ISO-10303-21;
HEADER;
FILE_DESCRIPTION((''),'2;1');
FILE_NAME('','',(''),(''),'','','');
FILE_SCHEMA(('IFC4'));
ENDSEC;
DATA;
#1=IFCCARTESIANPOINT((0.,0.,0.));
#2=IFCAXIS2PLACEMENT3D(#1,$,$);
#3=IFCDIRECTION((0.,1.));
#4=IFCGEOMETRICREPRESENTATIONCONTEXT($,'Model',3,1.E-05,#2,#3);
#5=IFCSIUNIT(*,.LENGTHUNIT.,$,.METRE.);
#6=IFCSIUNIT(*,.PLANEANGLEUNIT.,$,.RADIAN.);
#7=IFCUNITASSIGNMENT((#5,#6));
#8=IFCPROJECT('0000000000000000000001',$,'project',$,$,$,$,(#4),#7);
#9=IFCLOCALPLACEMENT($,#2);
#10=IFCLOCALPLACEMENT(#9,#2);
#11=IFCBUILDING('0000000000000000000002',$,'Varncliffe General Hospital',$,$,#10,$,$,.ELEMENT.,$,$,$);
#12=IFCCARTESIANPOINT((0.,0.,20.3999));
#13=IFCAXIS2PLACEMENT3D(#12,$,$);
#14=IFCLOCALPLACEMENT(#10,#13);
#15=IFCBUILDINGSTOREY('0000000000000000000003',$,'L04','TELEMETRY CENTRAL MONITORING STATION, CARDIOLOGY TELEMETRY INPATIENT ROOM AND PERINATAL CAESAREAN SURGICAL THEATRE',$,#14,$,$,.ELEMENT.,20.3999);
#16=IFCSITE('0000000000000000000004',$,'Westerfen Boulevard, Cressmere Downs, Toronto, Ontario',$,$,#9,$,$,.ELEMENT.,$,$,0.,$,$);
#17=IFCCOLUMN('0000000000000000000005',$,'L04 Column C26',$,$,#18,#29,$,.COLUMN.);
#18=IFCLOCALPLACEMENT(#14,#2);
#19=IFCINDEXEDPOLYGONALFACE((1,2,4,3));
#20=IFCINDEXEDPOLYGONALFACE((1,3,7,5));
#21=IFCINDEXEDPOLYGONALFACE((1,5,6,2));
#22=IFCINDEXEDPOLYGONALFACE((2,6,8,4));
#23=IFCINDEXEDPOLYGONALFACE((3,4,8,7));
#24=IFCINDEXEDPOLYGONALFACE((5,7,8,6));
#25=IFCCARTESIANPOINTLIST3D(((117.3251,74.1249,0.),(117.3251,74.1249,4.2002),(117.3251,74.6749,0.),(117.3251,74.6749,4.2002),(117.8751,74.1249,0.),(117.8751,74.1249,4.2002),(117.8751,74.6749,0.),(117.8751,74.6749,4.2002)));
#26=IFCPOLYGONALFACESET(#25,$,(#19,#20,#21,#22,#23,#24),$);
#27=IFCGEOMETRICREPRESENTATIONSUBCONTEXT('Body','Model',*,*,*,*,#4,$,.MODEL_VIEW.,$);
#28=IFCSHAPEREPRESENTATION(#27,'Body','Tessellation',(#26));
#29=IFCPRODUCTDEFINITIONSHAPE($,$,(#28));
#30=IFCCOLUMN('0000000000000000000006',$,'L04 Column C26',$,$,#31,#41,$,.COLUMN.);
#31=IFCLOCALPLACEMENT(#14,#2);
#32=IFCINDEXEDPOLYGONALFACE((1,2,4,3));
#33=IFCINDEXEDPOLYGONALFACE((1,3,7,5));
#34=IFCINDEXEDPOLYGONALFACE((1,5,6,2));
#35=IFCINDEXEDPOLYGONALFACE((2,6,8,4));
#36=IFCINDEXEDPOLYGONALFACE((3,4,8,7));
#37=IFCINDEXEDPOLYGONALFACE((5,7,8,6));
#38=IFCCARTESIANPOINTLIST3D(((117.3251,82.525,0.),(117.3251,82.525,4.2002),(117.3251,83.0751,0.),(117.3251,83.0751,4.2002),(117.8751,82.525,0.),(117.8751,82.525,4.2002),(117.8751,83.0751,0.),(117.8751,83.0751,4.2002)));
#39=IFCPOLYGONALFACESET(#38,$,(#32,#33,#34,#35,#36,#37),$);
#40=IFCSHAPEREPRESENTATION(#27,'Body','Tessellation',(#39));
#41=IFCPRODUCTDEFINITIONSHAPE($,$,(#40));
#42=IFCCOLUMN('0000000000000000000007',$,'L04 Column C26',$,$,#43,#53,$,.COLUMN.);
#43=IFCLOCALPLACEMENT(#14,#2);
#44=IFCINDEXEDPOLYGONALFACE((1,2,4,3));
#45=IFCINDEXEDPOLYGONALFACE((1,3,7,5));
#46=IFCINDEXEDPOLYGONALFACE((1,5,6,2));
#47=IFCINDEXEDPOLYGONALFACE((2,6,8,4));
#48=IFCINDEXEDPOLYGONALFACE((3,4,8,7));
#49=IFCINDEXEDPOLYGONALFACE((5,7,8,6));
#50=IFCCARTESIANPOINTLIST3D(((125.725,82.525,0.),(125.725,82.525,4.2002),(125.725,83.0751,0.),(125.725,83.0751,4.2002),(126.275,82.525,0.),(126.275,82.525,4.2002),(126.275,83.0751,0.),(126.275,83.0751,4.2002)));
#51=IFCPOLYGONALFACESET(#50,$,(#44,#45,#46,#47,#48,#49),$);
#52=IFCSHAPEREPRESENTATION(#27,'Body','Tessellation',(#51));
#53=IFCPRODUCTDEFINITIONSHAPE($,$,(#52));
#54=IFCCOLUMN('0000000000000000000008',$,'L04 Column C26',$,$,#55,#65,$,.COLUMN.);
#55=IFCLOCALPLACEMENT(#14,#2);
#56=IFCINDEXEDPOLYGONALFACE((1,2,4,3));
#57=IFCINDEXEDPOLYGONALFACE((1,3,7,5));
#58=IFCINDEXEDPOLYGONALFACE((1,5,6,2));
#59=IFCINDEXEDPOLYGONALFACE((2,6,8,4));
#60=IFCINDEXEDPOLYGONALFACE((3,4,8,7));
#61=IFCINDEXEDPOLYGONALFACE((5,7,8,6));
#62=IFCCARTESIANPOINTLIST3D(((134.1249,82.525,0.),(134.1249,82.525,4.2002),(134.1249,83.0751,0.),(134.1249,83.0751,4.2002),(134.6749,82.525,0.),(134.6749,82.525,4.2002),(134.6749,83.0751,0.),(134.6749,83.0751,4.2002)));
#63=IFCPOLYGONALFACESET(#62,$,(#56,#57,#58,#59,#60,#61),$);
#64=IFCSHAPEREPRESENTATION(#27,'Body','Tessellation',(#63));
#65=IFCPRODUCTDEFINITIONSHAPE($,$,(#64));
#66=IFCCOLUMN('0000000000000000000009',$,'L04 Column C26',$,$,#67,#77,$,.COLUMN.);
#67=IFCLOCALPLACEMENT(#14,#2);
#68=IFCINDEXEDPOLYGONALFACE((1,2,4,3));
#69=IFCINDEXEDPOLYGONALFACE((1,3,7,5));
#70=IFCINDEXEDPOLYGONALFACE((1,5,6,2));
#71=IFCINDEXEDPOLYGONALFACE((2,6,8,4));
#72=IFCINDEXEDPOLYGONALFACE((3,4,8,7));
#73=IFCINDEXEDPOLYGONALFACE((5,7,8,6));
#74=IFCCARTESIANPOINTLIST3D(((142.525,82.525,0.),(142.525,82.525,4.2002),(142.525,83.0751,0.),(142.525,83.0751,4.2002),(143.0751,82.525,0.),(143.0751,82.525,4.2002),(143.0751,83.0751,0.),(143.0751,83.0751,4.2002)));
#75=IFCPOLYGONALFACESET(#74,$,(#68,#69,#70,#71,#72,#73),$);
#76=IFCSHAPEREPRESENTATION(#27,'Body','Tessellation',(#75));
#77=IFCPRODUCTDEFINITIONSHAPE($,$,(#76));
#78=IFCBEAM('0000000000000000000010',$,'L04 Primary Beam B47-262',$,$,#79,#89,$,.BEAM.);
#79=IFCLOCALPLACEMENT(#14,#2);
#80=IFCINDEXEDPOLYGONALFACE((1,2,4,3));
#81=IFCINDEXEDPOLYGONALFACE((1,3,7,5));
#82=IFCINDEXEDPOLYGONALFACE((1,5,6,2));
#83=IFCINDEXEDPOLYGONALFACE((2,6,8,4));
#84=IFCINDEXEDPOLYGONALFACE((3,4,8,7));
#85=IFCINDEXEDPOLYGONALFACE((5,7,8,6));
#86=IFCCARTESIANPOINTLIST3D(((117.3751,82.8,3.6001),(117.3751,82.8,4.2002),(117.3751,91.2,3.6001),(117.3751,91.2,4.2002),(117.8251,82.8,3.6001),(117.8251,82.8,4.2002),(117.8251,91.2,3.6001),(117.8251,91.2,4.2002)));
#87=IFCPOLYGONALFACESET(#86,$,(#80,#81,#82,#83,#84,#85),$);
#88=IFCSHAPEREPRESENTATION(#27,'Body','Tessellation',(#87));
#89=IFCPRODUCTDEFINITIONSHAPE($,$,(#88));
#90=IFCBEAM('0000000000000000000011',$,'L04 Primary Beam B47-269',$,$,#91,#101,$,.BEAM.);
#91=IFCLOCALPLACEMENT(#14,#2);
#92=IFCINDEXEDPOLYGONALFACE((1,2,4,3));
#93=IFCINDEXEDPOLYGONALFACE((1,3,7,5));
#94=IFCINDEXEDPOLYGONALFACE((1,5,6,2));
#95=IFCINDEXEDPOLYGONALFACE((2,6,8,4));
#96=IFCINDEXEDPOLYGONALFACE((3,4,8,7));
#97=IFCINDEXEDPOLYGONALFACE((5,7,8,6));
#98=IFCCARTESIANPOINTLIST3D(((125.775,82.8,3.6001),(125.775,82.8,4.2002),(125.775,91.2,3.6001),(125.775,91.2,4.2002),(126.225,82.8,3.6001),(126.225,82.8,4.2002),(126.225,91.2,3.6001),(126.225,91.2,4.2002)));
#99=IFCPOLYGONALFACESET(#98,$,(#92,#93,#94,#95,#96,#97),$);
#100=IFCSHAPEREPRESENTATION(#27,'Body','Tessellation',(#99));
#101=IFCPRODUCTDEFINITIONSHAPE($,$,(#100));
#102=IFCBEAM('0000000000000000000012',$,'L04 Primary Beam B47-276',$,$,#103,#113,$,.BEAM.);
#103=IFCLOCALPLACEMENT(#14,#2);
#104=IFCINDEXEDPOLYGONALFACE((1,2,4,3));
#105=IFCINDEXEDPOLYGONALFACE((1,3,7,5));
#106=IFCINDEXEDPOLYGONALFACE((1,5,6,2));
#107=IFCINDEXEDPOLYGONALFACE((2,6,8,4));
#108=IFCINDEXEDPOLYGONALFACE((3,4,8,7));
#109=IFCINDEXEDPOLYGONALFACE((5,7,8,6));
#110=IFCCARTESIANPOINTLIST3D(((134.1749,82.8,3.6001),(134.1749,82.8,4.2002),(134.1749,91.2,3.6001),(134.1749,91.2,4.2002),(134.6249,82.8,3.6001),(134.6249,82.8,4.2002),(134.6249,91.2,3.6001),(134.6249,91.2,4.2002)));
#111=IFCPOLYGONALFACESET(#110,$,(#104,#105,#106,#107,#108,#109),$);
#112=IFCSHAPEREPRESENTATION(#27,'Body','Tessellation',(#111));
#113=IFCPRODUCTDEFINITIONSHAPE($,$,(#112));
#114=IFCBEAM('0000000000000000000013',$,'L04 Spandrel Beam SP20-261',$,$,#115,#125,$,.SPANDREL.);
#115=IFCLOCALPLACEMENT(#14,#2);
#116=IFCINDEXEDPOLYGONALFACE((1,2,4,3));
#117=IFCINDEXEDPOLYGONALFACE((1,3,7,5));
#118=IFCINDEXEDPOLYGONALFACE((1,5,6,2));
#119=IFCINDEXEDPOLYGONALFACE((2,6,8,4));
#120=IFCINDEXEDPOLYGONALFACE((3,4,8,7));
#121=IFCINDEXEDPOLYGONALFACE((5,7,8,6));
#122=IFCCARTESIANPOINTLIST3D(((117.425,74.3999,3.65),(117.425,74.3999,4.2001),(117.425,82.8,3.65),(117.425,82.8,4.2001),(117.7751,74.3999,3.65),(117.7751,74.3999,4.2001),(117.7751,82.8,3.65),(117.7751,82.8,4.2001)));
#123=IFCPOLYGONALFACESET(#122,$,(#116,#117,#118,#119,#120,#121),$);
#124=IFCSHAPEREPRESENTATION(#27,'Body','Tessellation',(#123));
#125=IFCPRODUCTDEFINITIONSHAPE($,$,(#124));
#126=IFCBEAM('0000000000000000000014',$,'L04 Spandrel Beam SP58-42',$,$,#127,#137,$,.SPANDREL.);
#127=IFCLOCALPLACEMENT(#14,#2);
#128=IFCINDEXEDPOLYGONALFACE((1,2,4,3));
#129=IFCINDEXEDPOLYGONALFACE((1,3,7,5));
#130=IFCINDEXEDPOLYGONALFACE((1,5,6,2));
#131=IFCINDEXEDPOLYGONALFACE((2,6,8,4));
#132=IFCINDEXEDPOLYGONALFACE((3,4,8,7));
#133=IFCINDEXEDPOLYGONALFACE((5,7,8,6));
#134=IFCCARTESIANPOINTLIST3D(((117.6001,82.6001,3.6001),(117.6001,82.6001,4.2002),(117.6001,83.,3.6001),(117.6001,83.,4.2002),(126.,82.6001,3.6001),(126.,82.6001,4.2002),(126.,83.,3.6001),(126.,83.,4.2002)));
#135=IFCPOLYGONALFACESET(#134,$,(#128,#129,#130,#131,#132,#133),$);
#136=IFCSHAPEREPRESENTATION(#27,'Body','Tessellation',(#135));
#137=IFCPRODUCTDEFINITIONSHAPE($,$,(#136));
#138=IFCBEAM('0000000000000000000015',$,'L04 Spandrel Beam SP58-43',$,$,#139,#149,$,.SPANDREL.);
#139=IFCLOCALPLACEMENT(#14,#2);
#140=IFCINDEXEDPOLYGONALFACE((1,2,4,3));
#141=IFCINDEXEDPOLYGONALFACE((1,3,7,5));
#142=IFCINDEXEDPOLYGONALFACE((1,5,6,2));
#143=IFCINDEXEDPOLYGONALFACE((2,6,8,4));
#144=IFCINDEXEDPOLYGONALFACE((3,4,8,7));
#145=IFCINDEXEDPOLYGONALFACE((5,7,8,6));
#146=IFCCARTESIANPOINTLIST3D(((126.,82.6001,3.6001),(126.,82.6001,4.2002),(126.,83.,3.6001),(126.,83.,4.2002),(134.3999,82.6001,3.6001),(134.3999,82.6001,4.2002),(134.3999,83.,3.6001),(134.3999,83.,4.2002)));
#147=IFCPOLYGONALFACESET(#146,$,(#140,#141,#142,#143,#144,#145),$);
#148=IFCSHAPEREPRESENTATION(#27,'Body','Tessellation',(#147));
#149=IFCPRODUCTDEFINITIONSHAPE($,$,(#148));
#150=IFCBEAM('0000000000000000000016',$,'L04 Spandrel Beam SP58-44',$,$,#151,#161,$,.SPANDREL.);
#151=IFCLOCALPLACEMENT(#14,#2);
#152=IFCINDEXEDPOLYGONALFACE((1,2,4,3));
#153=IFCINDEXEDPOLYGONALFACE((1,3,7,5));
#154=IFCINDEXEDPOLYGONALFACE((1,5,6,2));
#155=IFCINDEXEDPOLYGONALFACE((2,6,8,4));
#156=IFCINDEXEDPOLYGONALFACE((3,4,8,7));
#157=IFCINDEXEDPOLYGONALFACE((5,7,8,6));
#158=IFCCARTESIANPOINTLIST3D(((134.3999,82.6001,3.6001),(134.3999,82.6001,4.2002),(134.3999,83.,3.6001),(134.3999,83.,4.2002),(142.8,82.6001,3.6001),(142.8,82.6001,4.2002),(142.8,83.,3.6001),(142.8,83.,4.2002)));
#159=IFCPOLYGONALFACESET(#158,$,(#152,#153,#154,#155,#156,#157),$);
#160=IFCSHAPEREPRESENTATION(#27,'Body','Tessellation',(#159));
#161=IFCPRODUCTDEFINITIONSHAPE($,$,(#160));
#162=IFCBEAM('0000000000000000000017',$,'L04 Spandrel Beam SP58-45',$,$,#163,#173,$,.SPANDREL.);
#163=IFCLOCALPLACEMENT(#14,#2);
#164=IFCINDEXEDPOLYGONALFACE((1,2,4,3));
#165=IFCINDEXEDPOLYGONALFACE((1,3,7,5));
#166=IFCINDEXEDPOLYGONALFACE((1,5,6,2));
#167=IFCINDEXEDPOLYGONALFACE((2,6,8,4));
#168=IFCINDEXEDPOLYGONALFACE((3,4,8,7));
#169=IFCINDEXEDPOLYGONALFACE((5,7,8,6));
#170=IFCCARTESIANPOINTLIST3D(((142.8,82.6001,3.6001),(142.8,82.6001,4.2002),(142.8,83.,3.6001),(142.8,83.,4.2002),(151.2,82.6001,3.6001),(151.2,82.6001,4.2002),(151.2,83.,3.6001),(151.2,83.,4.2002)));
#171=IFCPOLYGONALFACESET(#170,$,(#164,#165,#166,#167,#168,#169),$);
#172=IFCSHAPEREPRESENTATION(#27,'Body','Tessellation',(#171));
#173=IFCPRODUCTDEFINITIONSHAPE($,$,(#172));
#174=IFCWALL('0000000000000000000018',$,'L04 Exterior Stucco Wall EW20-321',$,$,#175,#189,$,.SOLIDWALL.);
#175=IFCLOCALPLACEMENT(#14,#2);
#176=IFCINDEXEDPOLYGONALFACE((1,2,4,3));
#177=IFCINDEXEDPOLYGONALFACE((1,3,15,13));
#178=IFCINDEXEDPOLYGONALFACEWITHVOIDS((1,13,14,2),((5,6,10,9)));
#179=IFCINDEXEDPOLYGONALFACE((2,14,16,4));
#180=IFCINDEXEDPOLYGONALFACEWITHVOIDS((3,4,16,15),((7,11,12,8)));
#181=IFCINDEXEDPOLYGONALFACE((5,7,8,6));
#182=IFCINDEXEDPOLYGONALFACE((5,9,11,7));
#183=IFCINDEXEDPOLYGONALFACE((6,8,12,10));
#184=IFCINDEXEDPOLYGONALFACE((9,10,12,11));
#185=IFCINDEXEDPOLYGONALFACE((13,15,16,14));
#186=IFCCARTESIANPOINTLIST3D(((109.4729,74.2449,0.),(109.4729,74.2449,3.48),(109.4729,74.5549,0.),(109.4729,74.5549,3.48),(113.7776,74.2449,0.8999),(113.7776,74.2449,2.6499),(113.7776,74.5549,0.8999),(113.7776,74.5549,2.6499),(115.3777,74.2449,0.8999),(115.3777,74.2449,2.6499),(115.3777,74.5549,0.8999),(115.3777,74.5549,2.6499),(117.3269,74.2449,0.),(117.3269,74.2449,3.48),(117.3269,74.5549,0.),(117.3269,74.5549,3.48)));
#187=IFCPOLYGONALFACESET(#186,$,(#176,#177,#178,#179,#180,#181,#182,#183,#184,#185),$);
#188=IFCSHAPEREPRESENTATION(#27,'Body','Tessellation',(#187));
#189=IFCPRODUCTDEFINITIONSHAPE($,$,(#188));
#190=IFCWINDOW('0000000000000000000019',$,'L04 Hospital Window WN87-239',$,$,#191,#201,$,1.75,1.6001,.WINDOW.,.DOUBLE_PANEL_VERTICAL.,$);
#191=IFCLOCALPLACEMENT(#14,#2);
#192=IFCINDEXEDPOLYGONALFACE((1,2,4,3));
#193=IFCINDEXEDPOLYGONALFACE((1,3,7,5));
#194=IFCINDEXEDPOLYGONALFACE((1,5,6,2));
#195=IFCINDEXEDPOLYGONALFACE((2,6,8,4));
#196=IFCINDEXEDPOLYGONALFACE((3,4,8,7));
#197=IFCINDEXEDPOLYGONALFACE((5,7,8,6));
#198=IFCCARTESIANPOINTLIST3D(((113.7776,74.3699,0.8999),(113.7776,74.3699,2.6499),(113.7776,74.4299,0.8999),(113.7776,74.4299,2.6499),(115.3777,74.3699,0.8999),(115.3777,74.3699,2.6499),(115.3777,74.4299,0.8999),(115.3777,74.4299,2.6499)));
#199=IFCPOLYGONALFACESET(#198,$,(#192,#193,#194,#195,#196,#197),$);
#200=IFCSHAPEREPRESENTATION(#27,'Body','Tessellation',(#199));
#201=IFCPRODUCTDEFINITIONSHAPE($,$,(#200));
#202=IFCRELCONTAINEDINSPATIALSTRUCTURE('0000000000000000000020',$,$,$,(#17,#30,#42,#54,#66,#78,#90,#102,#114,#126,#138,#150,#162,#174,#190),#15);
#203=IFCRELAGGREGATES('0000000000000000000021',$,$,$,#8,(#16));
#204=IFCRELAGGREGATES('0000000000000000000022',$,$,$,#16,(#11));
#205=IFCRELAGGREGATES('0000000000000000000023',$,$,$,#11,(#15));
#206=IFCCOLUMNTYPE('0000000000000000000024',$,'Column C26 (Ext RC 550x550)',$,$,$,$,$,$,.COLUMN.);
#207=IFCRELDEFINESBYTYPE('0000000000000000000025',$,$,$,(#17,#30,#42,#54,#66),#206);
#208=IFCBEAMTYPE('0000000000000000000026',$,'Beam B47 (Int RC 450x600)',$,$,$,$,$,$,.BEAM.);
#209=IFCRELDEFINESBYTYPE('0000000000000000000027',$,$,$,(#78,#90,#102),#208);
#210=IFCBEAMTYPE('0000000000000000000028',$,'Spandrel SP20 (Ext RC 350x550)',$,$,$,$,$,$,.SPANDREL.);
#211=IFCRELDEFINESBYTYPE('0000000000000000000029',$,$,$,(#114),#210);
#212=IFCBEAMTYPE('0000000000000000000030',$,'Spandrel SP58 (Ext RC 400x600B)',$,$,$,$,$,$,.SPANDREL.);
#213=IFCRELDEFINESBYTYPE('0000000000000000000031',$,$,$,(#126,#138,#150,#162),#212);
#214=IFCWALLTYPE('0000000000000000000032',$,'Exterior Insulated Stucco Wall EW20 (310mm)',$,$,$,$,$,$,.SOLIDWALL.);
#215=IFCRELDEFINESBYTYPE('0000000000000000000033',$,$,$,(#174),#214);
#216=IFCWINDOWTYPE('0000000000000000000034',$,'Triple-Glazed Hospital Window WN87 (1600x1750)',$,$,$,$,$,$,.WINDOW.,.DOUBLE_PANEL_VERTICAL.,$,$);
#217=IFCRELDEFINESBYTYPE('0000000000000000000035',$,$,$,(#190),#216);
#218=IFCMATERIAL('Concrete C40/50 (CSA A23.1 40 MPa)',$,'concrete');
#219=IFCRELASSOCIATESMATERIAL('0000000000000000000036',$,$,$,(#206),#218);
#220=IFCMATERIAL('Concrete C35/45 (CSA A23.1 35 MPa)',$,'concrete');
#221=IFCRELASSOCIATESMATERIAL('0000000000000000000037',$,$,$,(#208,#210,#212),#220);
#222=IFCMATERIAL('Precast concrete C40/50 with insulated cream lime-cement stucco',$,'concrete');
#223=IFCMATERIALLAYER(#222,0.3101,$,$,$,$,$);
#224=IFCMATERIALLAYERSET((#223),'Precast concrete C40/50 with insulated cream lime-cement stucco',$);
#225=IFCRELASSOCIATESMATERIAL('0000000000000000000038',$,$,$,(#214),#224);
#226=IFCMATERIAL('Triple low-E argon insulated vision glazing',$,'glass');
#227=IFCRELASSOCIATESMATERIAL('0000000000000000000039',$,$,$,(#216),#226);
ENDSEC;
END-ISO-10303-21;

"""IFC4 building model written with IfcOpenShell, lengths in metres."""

from ifc_helpers import new_model, si_unit, direction, frame, frame_2d, origin, origin_2d, place, context, subcontext, project, spatial, rectangle, extrude, material, layer, layer_set, material_profile, profile_set, type_object, element, fill, save


model = new_model("IFC4")

# Units and contexts
model_context = context("Model", 3, precision=1e-05, world=origin(), true_north=direction((0.0, 1.0)))
body_context = subcontext(model_context, "Body", "Model", "MODEL_VIEW")
ifc_project = project(units=[si_unit("LENGTHUNIT", "METRE"), si_unit("PLANEANGLEUNIT", "RADIAN")], contexts=[model_context])

# Site, building, storey
site_placement = place(None, origin())
site = spatial("IfcSite", under=ifc_project, at=site_placement, Name="Westerfen Boulevard, Cressmere Downs, Toronto, Ontario", CompositionType="ELEMENT", RefElevation=0.0)
building_placement = place(site_placement, origin())
building = spatial("IfcBuilding", under=site, at=building_placement, Name="Varncliffe General Hospital", CompositionType="ELEMENT")
storey_placement = place(building_placement, frame((0.0, 0.0, 20.3999)))
storey = spatial("IfcBuildingStorey", under=building, at=storey_placement, Name="L04", Description="TELEMETRY CENTRAL MONITORING STATION, CARDIOLOGY TELEMETRY INPATIENT ROOM AND PERINATAL CAESAREAN SURGICAL THEATRE", CompositionType="ELEMENT", Elevation=20.3999)

# Columns
ifc_material_1 = material(Name="Concrete C40/50 (CSA A23.1 40 MPa)", Category="concrete")
ifc_material_profile_1 = material_profile(ifc_material_1, rectangle(XDim=0.55, YDim=0.55, at=origin_2d()), Name="RC 550x550")
ifc_profile_set_1 = profile_set([ifc_material_profile_1], Name="Concrete C40/50 (CSA A23.1 40 MPa)")
column_type = type_object("IfcColumnType", Name="Column C26 (Ext RC 550x550)", PredefinedType="COLUMN", material=ifc_profile_set_1)
for number, where, z_axis, x_axis, name in (
    (1, (117.6001, 74.3999, 0.0), (0.0, 0.0, 1.0), (1.0, 0.0, 0.0), "L04 Column C26"),
    (2, (117.6001, 82.8, 0.0), (0.0, 0.0, 1.0), (1.0, 0.0, 0.0), "L04 Column C26"),
    (3, (126.0, 82.8, 0.0), (0.0, 0.0, 1.0), (1.0, 0.0, 0.0), "L04 Column C26"),
    (4, (134.3999, 82.8, 0.0), (0.0, 0.0, 1.0), (1.0, 0.0, 0.0), "L04 Column C26"),
    (5, (142.8, 82.8, 0.0), (0.0, 0.0, 1.0), (1.0, 0.0, 0.0), "L04 Column C26"),
):
    element("IfcColumn", number, at=place(storey_placement, frame(where, z_axis=z_axis, x_axis=x_axis)), inside=storey, type_object=column_type, Name=name, PredefinedType="COLUMN", context=body_context, shape_type="SweptSolid", body=[
        extrude(rectangle(XDim=0.55, YDim=0.55, at=origin_2d()), origin(), (0.0, 0.0, 1.0), 4.2002),
    ])

# Beams
ifc_material_2 = material(Name="Concrete C35/45 (CSA A23.1 35 MPa)", Category="concrete")
ifc_material_profile_2 = material_profile(ifc_material_2, rectangle(XDim=0.45, YDim=0.6001, at=origin_2d()), Name="RC 450x600")
ifc_profile_set_2 = profile_set([ifc_material_profile_2], Name="Concrete C35/45 (CSA A23.1 35 MPa)")
beam_type_1 = type_object("IfcBeamType", Name="Beam B47 (Int RC 450x600)", PredefinedType="BEAM", material=ifc_profile_set_2)
for number, where, z_axis, x_axis, name in (
    (6, (117.6001, 82.8, 3.9001), (0.0, 1.0, 0.0), (-1.0, 0.0, 0.0), "L04 Primary Beam B47-262"),
    (7, (126.0, 82.8, 3.9001), (0.0, 1.0, 0.0), (-1.0, 0.0, 0.0), "L04 Primary Beam B47-269"),
    (8, (134.3999, 82.8, 3.9001), (0.0, 1.0, 0.0), (-1.0, 0.0, 0.0), "L04 Primary Beam B47-276"),
):
    element("IfcBeam", number, at=place(storey_placement, frame(where, z_axis=z_axis, x_axis=x_axis)), inside=storey, type_object=beam_type_1, Name=name, PredefinedType="BEAM", context=body_context, shape_type="SweptSolid", body=[
        extrude(rectangle(XDim=0.45, YDim=0.6001, at=origin_2d()), origin(), (0.0, 0.0, 1.0), 8.3999),
    ])
ifc_material_profile_3 = material_profile(ifc_material_2, rectangle(XDim=0.3501, YDim=0.55, at=origin_2d()), Name="RC 350x550")
ifc_profile_set_3 = profile_set([ifc_material_profile_3], Name="Concrete C35/45 (CSA A23.1 35 MPa)")
beam_type_2 = type_object("IfcBeamType", Name="Spandrel SP20 (Ext RC 350x550)", PredefinedType="SPANDREL", material=ifc_profile_set_3)
beam_1_placement = place(storey_placement, frame((117.6001, 74.3999, 3.925), z_axis=(0.0, 1.0, 0.0), x_axis=(-1.0, 0.0, 0.0)))
element("IfcBeam", 9, at=beam_1_placement, inside=storey, type_object=beam_type_2, Name="L04 Spandrel Beam SP20-261", PredefinedType="SPANDREL", context=body_context, shape_type="SweptSolid", body=[
    extrude(rectangle(XDim=0.3501, YDim=0.55, at=origin_2d()), origin(), (0.0, 0.0, 1.0), 8.4001),
])
ifc_material_profile_4 = material_profile(ifc_material_2, rectangle(XDim=0.3999, YDim=0.6001, at=origin_2d()), Name="RC 400x600")
ifc_profile_set_4 = profile_set([ifc_material_profile_4], Name="Concrete C35/45 (CSA A23.1 35 MPa)")
beam_type_3 = type_object("IfcBeamType", Name="Spandrel SP58 (Ext RC 400x600B)", PredefinedType="SPANDREL", material=ifc_profile_set_4)
for number, where, z_axis, x_axis, name in (
    (10, (117.6001, 82.8, 3.9001), (1.0, 0.0, 0.0), (0.0, 1.0, 0.0), "L04 Spandrel Beam SP58-42"),
    (11, (126.0, 82.8, 3.9001), (1.0, 0.0, 0.0), (0.0, 1.0, 0.0), "L04 Spandrel Beam SP58-43"),
):
    element("IfcBeam", number, at=place(storey_placement, frame(where, z_axis=z_axis, x_axis=x_axis)), inside=storey, type_object=beam_type_3, Name=name, PredefinedType="SPANDREL", context=body_context, shape_type="SweptSolid", body=[
        extrude(rectangle(XDim=0.3999, YDim=0.6001, at=origin_2d()), origin(), (0.0, 0.0, 1.0), 8.3999),
    ])
beam_2_placement = place(storey_placement, frame((134.3999, 82.8, 3.9001), z_axis=(1.0, 0.0, 0.0), x_axis=(0.0, 1.0, 0.0)))
element("IfcBeam", 12, at=beam_2_placement, inside=storey, type_object=beam_type_3, Name="L04 Spandrel Beam SP58-44", PredefinedType="SPANDREL", context=body_context, shape_type="SweptSolid", body=[
    extrude(rectangle(XDim=0.3999, YDim=0.6001, at=origin_2d()), origin(), (0.0, 0.0, 1.0), 8.4001),
])
beam_3_placement = place(storey_placement, frame((142.8, 82.8, 3.9001), z_axis=(1.0, 0.0, 0.0), x_axis=(0.0, 1.0, 0.0)))
element("IfcBeam", 13, at=beam_3_placement, inside=storey, type_object=beam_type_3, Name="L04 Spandrel Beam SP58-45", PredefinedType="SPANDREL", context=body_context, shape_type="SweptSolid", body=[
    extrude(rectangle(XDim=0.3999, YDim=0.6001, at=origin_2d()), origin(), (0.0, 0.0, 1.0), 8.3999),
])

# Wall, opening, window
ifc_material_3 = material(Name="Precast concrete C40/50 with insulated cream lime-cement stucco", Category="concrete")
ifc_layer_1 = layer(ifc_material_3, 0.3101)
ifc_layer_set_1 = layer_set([ifc_layer_1], Name="Precast concrete C40/50 with insulated cream lime-cement stucco")
wall_type_1 = type_object("IfcWallType", Name="Exterior Insulated Stucco Wall EW20 (310mm)", PredefinedType="SOLIDWALL", material=ifc_layer_set_1)
wall_1_placement = place(storey_placement, frame((117.3269, 74.3999, 0.0), z_axis=(0.0, 0.0, 1.0), x_axis=(-1.0, 0.0, 0.0)))
wall_1 = element("IfcWall", 14, at=wall_1_placement, inside=storey, type_object=wall_type_1, Name="L04 Exterior Stucco Wall EW20-321", PredefinedType="SOLIDWALL", context=body_context, shape_type="SweptSolid", body=[
    extrude(rectangle(XDim=7.854, YDim=0.3101, at=frame_2d((3.927, 0.0))), origin(), (0.0, 0.0, 1.0), 3.48),
])
opening_1_placement = place(wall_1_placement, frame((1.9492, 0.0, 0.8999)))
opening_1 = element("IfcOpeningElement", 15, at=opening_1_placement, cuts=wall_1, PredefinedType="OPENING", context=body_context, shape_type="SweptSolid", body=[
    extrude(rectangle(XDim=1.6001, YDim=1.75, at=frame_2d((0.8, 0.875))), frame((0.0, 0.165, 0.0), z_axis=(0.0, -1.0, 0.0), x_axis=(1.0, 0.0, 0.0)), (0.0, 0.0, 1.0), 0.3301),
])
ifc_material_4 = material(Name="Triple low-E argon insulated vision glazing", Category="glass")
window_type_1 = type_object("IfcWindowType", Name="Triple-Glazed Hospital Window WN87 (1600x1750)", PartitioningType="DOUBLE_PANEL_VERTICAL", PredefinedType="WINDOW", material=ifc_material_4)
window_1_placement = place(opening_1_placement, origin())
window_1 = element("IfcWindow", 16, at=window_1_placement, inside=storey, type_object=window_type_1, Name="L04 Hospital Window WN87-239", OverallHeight=1.75, OverallWidth=1.6001, PartitioningType="DOUBLE_PANEL_VERTICAL", PredefinedType="WINDOW", context=body_context, shape_type="SweptSolid", body=[
    extrude(rectangle(XDim=1.6001, YDim=1.75, at=frame_2d((0.8, 0.875))), frame((0.0, 0.03, 0.0), z_axis=(0.0, -1.0, 0.0), x_axis=(1.0, 0.0, 0.0)), (0.0, 0.0, 1.0), 0.0601),
])
fill(opening_1, window_1)

save(model, "model.ifc")
